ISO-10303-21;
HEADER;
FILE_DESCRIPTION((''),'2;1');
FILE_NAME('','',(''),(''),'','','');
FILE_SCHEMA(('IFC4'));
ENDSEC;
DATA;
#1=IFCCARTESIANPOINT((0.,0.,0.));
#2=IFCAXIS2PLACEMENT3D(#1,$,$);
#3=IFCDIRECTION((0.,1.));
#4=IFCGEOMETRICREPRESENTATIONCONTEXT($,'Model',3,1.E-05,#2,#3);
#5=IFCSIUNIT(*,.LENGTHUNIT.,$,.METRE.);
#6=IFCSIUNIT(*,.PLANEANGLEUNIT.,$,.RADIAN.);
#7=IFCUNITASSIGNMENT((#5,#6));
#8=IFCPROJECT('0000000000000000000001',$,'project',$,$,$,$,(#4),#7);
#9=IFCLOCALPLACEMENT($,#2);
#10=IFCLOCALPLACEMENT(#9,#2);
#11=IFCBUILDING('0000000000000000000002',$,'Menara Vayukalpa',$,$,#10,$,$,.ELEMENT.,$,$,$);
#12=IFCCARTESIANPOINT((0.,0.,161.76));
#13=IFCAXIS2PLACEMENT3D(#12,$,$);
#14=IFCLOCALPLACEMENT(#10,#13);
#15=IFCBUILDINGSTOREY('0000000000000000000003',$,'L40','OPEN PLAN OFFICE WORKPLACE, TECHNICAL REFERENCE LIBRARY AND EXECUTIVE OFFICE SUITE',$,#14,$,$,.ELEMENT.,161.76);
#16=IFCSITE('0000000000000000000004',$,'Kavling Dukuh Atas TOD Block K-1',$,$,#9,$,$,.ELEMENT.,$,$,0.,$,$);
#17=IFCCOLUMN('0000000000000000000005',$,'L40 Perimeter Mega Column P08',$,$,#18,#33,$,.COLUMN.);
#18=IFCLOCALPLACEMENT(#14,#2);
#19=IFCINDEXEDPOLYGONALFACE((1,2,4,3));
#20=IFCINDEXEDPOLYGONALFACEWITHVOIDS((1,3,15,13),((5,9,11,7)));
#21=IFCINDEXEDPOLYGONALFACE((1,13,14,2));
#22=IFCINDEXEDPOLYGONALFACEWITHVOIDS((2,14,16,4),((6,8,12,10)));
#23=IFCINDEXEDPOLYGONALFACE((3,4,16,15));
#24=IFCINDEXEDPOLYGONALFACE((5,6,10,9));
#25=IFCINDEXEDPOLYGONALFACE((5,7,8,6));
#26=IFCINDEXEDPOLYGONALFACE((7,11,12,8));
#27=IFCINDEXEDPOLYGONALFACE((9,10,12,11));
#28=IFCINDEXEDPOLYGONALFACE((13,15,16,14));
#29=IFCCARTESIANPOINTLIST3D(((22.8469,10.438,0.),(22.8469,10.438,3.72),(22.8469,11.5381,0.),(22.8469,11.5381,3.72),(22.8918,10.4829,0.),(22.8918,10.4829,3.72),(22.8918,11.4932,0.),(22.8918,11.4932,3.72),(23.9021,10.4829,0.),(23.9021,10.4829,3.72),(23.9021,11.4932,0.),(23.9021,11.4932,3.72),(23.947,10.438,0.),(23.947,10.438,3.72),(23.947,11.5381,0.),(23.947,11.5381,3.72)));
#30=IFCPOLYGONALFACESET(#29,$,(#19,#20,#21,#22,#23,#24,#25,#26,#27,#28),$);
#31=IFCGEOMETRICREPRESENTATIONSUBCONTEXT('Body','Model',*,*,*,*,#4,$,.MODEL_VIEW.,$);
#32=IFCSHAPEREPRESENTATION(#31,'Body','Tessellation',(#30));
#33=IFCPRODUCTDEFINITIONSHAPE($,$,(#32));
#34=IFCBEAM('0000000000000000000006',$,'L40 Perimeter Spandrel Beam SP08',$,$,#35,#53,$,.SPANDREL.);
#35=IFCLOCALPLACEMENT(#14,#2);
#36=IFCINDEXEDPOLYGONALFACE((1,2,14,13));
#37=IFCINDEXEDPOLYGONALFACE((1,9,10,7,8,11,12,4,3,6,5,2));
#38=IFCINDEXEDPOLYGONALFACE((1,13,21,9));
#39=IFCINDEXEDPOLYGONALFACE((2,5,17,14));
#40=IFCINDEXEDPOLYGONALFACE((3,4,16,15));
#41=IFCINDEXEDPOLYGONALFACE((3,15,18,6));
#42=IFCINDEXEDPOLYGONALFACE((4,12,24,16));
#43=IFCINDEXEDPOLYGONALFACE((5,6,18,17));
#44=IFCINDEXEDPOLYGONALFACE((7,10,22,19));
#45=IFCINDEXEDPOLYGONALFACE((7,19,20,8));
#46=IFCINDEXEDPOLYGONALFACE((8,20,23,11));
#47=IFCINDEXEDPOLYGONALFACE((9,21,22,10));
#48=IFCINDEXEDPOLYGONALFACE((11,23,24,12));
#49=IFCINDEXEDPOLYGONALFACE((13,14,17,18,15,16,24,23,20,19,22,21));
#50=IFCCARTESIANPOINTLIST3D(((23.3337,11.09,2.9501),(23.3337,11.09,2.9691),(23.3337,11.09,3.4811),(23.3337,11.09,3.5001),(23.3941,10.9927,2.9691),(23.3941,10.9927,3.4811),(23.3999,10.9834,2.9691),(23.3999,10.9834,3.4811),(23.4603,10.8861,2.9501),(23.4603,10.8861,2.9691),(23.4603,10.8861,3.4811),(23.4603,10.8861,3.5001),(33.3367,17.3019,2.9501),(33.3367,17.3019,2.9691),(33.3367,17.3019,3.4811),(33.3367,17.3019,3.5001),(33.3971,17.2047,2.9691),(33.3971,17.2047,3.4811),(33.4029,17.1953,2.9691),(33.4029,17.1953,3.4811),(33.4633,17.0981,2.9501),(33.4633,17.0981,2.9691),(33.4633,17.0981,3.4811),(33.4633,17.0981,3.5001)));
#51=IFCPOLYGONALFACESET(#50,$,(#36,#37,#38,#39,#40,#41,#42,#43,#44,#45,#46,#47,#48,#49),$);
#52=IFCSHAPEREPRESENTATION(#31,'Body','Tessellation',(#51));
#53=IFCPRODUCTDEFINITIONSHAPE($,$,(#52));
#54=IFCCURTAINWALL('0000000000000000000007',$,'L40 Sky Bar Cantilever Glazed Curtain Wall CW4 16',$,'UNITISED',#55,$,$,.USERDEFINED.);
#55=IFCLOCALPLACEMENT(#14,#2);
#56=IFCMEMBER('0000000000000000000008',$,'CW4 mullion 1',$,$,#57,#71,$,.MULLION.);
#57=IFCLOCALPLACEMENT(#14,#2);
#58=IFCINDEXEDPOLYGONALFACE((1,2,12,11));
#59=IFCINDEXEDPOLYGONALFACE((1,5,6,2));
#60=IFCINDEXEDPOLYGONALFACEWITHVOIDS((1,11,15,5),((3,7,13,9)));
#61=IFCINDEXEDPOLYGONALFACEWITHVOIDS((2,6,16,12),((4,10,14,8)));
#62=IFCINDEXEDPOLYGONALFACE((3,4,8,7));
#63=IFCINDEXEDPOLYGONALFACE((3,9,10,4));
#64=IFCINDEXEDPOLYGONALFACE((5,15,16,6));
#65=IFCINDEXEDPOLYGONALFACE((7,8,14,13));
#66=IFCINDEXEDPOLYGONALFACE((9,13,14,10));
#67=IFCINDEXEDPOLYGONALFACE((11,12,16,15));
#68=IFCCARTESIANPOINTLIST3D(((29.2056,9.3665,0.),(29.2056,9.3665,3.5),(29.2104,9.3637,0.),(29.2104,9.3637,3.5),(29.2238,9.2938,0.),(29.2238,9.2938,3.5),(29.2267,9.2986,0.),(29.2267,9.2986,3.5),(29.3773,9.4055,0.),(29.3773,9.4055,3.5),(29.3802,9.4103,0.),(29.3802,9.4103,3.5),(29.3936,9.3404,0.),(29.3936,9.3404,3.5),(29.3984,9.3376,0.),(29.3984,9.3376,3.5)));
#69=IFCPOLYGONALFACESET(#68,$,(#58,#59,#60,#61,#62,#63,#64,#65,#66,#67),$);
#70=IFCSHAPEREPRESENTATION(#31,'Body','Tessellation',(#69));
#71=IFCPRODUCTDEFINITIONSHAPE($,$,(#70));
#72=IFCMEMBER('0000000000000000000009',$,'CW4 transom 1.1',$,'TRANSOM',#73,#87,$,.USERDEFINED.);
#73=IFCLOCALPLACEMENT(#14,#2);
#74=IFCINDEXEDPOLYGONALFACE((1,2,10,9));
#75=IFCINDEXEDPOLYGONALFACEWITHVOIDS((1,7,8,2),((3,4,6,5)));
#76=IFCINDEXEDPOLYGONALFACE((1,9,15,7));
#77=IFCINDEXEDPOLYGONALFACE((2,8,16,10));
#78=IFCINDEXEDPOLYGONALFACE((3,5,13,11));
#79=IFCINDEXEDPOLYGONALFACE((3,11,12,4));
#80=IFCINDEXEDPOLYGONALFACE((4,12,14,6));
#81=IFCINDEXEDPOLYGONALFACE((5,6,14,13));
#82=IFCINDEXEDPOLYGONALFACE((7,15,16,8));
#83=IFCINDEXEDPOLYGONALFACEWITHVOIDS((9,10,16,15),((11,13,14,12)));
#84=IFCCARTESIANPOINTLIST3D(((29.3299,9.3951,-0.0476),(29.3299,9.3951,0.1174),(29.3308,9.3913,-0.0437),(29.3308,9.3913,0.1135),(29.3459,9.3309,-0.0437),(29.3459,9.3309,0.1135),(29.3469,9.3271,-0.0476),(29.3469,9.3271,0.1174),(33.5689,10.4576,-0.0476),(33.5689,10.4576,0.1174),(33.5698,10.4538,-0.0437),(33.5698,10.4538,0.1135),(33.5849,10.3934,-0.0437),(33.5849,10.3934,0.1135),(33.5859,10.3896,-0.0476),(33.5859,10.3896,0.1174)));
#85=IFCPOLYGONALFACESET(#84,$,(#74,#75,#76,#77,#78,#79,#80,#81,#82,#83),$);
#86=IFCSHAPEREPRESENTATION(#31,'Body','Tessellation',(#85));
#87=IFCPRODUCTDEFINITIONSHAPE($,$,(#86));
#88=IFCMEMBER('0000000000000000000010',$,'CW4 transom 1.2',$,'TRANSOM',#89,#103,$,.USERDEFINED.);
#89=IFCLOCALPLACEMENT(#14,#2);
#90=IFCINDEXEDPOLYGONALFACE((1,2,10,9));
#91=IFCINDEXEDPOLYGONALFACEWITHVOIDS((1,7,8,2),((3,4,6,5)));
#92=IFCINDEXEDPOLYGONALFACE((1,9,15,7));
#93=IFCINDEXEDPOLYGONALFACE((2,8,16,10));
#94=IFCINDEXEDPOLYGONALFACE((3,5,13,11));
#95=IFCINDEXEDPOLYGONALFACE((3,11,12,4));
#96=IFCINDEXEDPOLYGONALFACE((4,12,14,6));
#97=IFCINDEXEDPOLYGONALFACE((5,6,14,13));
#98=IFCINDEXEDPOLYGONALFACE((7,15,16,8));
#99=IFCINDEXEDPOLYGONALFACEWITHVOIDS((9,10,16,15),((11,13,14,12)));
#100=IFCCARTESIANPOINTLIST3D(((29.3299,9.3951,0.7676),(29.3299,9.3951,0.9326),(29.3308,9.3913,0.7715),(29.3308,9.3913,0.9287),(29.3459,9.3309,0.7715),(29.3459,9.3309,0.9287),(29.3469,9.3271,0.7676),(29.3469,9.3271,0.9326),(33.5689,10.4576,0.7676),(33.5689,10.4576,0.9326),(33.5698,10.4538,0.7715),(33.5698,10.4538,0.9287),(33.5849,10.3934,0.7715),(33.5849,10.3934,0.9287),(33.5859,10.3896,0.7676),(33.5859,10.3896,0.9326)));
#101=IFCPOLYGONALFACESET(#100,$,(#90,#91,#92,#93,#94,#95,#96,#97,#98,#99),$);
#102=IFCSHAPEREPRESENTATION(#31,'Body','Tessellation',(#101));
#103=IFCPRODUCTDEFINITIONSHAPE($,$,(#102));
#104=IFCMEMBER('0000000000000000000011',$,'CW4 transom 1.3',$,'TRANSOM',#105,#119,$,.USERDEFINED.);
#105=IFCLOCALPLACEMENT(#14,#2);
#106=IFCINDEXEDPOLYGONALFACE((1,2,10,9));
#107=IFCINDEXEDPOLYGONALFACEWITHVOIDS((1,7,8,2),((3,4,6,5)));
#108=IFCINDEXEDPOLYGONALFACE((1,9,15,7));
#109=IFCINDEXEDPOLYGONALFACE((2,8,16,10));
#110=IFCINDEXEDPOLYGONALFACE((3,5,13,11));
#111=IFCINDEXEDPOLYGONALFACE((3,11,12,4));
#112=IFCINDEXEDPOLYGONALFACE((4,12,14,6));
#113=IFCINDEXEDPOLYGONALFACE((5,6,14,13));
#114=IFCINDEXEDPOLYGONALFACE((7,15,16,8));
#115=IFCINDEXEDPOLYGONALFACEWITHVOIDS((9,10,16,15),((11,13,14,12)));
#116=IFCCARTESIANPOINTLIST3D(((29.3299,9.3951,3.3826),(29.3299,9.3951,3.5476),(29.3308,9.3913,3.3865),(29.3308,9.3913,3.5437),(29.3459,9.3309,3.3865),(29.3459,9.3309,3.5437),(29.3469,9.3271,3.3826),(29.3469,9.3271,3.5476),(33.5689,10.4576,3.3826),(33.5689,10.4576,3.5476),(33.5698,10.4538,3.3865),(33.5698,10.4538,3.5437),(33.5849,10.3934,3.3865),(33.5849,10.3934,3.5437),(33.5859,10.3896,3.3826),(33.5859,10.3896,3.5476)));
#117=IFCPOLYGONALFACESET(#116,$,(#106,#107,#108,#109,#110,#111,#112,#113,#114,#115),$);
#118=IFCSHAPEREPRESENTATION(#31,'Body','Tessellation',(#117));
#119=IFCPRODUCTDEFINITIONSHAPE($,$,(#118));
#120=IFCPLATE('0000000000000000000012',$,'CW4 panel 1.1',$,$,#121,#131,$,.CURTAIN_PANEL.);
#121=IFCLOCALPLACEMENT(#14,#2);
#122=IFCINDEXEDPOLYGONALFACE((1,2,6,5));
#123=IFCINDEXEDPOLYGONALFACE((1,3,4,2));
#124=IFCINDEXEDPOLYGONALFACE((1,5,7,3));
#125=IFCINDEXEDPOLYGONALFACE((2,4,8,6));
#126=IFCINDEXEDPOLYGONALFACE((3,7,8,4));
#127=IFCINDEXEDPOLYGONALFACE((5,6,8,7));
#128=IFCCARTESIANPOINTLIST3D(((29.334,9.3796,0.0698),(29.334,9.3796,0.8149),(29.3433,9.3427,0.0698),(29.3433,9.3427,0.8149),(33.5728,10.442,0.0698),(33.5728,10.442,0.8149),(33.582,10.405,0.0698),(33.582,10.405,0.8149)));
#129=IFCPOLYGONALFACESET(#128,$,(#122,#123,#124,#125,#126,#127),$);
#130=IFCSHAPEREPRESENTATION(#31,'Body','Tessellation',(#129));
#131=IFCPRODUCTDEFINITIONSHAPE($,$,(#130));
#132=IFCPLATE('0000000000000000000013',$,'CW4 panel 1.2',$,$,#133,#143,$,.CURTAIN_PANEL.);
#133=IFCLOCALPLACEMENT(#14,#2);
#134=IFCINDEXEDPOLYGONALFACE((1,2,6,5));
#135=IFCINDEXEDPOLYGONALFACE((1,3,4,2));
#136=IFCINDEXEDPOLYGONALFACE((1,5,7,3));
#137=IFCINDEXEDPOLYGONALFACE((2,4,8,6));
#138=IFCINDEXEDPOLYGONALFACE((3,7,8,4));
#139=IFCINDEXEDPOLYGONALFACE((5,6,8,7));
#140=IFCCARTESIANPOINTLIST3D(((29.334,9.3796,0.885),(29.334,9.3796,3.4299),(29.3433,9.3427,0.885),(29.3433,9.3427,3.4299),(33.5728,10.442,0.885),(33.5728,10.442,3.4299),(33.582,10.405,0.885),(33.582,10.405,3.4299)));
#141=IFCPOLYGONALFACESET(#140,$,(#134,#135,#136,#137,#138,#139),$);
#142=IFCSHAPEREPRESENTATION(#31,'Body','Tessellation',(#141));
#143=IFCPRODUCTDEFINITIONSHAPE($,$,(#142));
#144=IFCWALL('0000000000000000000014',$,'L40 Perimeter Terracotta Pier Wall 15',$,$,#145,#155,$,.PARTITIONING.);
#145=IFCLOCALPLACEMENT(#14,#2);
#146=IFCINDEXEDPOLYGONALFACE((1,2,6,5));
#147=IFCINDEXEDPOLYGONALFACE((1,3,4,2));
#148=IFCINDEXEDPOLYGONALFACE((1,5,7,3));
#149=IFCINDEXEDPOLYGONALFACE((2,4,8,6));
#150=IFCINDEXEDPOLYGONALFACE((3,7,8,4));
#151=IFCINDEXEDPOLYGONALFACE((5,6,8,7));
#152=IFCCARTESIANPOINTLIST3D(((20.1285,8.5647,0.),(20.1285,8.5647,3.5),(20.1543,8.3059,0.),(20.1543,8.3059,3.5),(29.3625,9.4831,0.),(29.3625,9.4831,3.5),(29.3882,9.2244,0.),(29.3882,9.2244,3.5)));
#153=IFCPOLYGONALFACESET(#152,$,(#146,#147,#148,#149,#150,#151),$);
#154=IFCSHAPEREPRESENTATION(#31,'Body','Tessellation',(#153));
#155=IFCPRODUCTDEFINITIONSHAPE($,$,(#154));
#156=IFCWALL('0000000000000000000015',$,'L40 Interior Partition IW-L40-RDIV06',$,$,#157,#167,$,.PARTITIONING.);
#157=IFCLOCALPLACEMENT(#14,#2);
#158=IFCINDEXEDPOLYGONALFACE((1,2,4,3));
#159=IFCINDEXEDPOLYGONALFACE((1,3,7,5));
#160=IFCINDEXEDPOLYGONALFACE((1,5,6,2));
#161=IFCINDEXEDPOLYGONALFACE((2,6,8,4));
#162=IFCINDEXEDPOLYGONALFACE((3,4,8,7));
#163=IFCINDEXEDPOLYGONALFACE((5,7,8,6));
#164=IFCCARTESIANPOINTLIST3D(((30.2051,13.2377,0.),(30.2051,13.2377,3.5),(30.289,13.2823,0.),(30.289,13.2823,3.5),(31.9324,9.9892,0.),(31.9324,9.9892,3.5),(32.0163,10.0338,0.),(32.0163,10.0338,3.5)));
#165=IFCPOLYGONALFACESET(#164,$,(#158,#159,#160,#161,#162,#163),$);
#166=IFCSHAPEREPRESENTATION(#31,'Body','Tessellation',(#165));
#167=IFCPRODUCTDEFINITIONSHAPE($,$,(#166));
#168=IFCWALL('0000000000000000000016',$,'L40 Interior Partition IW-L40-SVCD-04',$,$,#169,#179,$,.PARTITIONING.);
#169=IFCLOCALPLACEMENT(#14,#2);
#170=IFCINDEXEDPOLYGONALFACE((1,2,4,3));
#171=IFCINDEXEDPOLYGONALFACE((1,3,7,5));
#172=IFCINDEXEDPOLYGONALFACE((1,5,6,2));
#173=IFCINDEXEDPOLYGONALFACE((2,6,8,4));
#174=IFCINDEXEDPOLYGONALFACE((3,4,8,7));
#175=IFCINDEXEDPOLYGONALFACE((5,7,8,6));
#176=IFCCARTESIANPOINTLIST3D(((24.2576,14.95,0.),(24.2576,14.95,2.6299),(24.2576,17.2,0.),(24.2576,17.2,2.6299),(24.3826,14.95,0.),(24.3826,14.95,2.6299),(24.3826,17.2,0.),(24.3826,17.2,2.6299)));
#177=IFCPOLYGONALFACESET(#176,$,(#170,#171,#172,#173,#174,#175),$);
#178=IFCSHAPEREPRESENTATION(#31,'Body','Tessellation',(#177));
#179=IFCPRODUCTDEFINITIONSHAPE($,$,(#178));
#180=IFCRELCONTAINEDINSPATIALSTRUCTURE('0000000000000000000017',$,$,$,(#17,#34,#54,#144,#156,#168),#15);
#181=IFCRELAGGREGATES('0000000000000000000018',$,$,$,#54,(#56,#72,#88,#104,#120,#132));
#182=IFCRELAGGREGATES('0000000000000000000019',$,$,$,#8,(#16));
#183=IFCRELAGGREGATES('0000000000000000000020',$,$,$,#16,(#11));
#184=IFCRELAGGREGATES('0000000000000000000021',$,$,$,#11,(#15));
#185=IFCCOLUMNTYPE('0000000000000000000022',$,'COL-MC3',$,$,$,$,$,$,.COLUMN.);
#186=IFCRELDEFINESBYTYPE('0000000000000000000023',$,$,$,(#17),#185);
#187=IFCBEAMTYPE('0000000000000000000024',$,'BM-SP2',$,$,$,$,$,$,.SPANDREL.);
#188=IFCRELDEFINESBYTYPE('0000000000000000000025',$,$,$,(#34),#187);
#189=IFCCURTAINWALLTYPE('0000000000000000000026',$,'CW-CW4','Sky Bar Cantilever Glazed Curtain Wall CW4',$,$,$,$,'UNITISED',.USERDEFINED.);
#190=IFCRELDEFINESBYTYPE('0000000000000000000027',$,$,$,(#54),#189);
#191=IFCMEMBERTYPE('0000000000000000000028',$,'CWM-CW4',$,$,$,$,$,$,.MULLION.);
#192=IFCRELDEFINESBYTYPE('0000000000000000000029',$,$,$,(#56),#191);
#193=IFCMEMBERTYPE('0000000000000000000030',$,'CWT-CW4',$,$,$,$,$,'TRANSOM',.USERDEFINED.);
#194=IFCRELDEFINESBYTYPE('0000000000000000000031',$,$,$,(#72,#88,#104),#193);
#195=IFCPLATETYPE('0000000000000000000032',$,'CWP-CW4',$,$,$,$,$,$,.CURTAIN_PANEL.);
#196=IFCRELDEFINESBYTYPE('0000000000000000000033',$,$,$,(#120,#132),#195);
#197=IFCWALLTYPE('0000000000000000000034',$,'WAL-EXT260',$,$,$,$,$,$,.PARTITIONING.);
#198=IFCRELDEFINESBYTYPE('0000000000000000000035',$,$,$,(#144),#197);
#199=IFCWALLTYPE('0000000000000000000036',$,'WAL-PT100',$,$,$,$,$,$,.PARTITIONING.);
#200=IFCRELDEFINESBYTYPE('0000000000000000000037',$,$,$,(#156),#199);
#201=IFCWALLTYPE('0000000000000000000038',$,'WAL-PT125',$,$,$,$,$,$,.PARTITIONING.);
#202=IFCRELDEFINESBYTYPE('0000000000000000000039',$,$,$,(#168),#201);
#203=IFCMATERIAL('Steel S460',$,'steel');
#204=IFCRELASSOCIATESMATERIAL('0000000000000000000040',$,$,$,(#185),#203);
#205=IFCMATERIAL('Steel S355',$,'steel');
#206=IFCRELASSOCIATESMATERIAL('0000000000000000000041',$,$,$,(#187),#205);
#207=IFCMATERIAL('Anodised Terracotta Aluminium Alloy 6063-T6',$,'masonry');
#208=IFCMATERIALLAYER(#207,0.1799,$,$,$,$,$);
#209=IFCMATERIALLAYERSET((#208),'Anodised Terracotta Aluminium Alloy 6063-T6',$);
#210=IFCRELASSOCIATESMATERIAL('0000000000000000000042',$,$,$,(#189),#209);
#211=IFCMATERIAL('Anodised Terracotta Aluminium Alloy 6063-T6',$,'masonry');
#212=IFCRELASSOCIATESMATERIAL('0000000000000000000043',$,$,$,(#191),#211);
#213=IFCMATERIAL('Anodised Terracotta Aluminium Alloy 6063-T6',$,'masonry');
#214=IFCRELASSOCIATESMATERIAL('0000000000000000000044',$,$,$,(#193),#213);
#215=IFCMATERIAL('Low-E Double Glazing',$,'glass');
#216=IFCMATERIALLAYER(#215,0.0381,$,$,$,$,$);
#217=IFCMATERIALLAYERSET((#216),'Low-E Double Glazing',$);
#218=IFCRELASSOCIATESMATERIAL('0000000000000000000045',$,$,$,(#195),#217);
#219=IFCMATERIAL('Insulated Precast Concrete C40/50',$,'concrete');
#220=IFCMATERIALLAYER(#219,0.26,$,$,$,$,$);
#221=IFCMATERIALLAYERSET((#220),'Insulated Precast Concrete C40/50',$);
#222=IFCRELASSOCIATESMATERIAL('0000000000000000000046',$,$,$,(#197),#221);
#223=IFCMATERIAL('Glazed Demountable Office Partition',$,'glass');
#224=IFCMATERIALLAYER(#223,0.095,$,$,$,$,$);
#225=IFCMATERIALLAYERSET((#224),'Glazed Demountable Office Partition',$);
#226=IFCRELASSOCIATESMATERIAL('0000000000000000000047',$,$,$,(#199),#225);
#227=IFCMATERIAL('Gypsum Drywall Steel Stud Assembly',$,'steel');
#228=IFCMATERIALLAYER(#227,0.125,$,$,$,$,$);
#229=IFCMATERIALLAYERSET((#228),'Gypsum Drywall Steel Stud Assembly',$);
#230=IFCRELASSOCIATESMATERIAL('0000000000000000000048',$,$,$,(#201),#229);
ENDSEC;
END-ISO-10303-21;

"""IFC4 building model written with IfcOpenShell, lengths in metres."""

from ifc_helpers import new_model, si_unit, direction, frame, frame_2d, origin, origin_2d, place, context, subcontext, project, spatial, rectangle, hollow_rectangle, i_section, extrude, material, layer, layer_set, material_profile, profile_set, type_object, element, aggregate, save


model = new_model("IFC4")

# Units and contexts
model_context = context("Model", 3, precision=1e-05, world=origin(), true_north=direction((0.0, 1.0)))
body_context = subcontext(model_context, "Body", "Model", "MODEL_VIEW")
ifc_project = project(units=[si_unit("LENGTHUNIT", "METRE"), si_unit("PLANEANGLEUNIT", "RADIAN")], contexts=[model_context])

# Site, building, storey
site_placement = place(None, origin())
site = spatial("IfcSite", under=ifc_project, at=site_placement, Name="Kavling Dukuh Atas TOD Block K-1", CompositionType="ELEMENT", RefElevation=0.0)
building_placement = place(site_placement, origin())
building = spatial("IfcBuilding", under=site, at=building_placement, Name="Menara Vayukalpa", CompositionType="ELEMENT")
storey_placement = place(building_placement, frame((0.0, 0.0, 161.76)))
storey = spatial("IfcBuildingStorey", under=building, at=storey_placement, Name="L40", Description="OPEN PLAN OFFICE WORKPLACE, TECHNICAL REFERENCE LIBRARY AND EXECUTIVE OFFICE SUITE", CompositionType="ELEMENT", Elevation=161.76)

# Column
ifc_material_1 = material(Name="Steel S460", Category="steel")
ifc_material_profile_1 = material_profile(ifc_material_1, hollow_rectangle(XDim=1.1001, YDim=1.1001, WallThickness=0.0449, at=origin_2d()), Name="BOX 1100x1100x45")
ifc_profile_set_1 = profile_set([ifc_material_profile_1], Name="Steel S460")
column_type = type_object("IfcColumnType", Name="COL-MC3", PredefinedType="COLUMN", material=ifc_profile_set_1)
column_placement = place(storey_placement, frame((23.397, 10.988, 0.0), z_axis=(0.0, 0.0, 1.0), x_axis=(1.0, 0.0, 0.0)))
element("IfcColumn", 1, at=column_placement, inside=storey, type_object=column_type, Name="L40 Perimeter Mega Column P08", PredefinedType="COLUMN", context=body_context, shape_type="SweptSolid", body=[
    extrude(hollow_rectangle(XDim=1.1001, YDim=1.1001, WallThickness=0.0449, at=origin_2d()), origin(), (0.0, 0.0, 1.0), 3.72),
])

# Beam
ifc_material_2 = material(Name="Steel S355", Category="steel")
ifc_material_profile_2 = material_profile(ifc_material_2, i_section(OverallWidth=0.24, OverallDepth=0.55, WebThickness=0.011, FlangeThickness=0.019, at=origin_2d()), Name="WF 550x240x11x19")
ifc_profile_set_2 = profile_set([ifc_material_profile_2], Name="Steel S355")
beam_type = type_object("IfcBeamType", Name="BM-SP2", PredefinedType="SPANDREL", material=ifc_profile_set_2)
beam_placement = place(storey_placement, frame((23.397, 10.988, 3.2251), z_axis=(0.849518, 0.527559, 0.0), x_axis=(-0.527559, 0.849518, 0.0)))
element("IfcBeam", 2, at=beam_placement, inside=storey, type_object=beam_type, Name="L40 Perimeter Spandrel Beam SP08", PredefinedType="SPANDREL", context=body_context, shape_type="SweptSolid", body=[
    extrude(i_section(OverallWidth=0.24, OverallDepth=0.55, WebThickness=0.011, FlangeThickness=0.019, at=origin_2d()), origin(), (0.0, 0.0, 1.0), 11.7749),
])

# Curtain wall, members, plates
ifc_material_3 = material(Name="Anodised Terracotta Aluminium Alloy 6063-T6", Category="masonry")
ifc_layer_1 = layer(ifc_material_3, 0.1799)
ifc_layer_set_1 = layer_set([ifc_layer_1], Name="Anodised Terracotta Aluminium Alloy 6063-T6")
curtain_wall_type = type_object("IfcCurtainWallType", Name="CW-CW4", Description="Sky Bar Cantilever Glazed Curtain Wall CW4", ElementType="UNITISED", PredefinedType="USERDEFINED", material=ifc_layer_set_1)
curtain_wall_placement = place(storey_placement, origin())
curtain_wall = element("IfcCurtainWall", 3, at=curtain_wall_placement, inside=storey, type_object=curtain_wall_type, Name="L40 Sky Bar Cantilever Glazed Curtain Wall CW4 16", ObjectType="UNITISED", PredefinedType="USERDEFINED")
ifc_material_4 = material(Name="Anodised Terracotta Aluminium Alloy 6063-T6", Category="masonry")
ifc_material_profile_3 = material_profile(ifc_material_4, hollow_rectangle(XDim=0.075, YDim=0.1799, WallThickness=0.0039, at=origin_2d()), Name="ALU 75x180x4")
ifc_profile_set_3 = profile_set([ifc_material_profile_3], Name="Anodised Terracotta Aluminium Alloy 6063-T6")
member_type_1 = type_object("IfcMemberType", Name="CWM-CW4", PredefinedType="MULLION", material=ifc_profile_set_3)
member_1_placement = place(storey_placement, frame((29.302, 9.3521, 0.0), z_axis=(0.0, 0.0, 1.0), x_axis=(-0.243113, 0.969998, 0.0)))
member_1 = element("IfcMember", 4, at=member_1_placement, type_object=member_type_1, Name="CW4 mullion 1", PredefinedType="MULLION", context=body_context, shape_type="SweptSolid", body=[
    extrude(hollow_rectangle(XDim=0.075, YDim=0.1799, WallThickness=0.0039, at=origin_2d()), origin(), (0.0, 0.0, 1.0), 3.5),
])
ifc_material_5 = material(Name="Anodised Terracotta Aluminium Alloy 6063-T6", Category="masonry")
ifc_material_profile_4 = material_profile(ifc_material_5, hollow_rectangle(XDim=0.0701, YDim=0.165, WallThickness=0.0039, at=origin_2d()), Name="ALU 70x165x4")
ifc_profile_set_4 = profile_set([ifc_material_profile_4], Name="Anodised Terracotta Aluminium Alloy 6063-T6")
member_type_2 = type_object("IfcMemberType", Name="CWT-CW4", ElementType="TRANSOM", PredefinedType="USERDEFINED", material=ifc_profile_set_4)
member_2_placement = place(storey_placement, frame((29.3384, 9.3611, 0.0349), z_axis=(0.969994, 0.243127, 0.0), x_axis=(-0.243127, 0.969994, 0.0)))
member_2 = element("IfcMember", 5, at=member_2_placement, type_object=member_type_2, Name="CW4 transom 1.1", ObjectType="TRANSOM", PredefinedType="USERDEFINED", context=body_context, shape_type="SweptSolid", body=[
    extrude(hollow_rectangle(XDim=0.0701, YDim=0.165, WallThickness=0.0039, at=origin_2d()), origin(), (0.0, 0.0, 1.0), 4.3701),
])
member_3_placement = place(storey_placement, frame((29.3384, 9.3611, 0.8501), z_axis=(0.969994, 0.243127, 0.0), x_axis=(-0.243127, 0.969994, 0.0)))
member_3 = element("IfcMember", 6, at=member_3_placement, type_object=member_type_2, Name="CW4 transom 1.2", ObjectType="TRANSOM", PredefinedType="USERDEFINED", context=body_context, shape_type="SweptSolid", body=[
    extrude(hollow_rectangle(XDim=0.0701, YDim=0.165, WallThickness=0.0039, at=origin_2d()), origin(), (0.0, 0.0, 1.0), 4.3701),
])
member_4_placement = place(storey_placement, frame((29.3384, 9.3611, 3.4651), z_axis=(0.969994, 0.243127, 0.0), x_axis=(-0.243127, 0.969994, 0.0)))
member_4 = element("IfcMember", 7, at=member_4_placement, type_object=member_type_2, Name="CW4 transom 1.3", ObjectType="TRANSOM", PredefinedType="USERDEFINED", context=body_context, shape_type="SweptSolid", body=[
    extrude(hollow_rectangle(XDim=0.0701, YDim=0.165, WallThickness=0.0039, at=origin_2d()), origin(), (0.0, 0.0, 1.0), 4.3701),
])
ifc_material_6 = material(Name="Low-E Double Glazing", Category="glass")
ifc_layer_2 = layer(ifc_material_6, 0.0381)
ifc_layer_set_2 = layer_set([ifc_layer_2], Name="Low-E Double Glazing")
plate_type = type_object("IfcPlateType", Name="CWP-CW4", PredefinedType="CURTAIN_PANEL", material=ifc_layer_set_2)
plate_1_placement = place(storey_placement, frame((31.458, 9.8923, 0.0698), z_axis=(0.0, 0.0, 1.0), x_axis=(0.969998, 0.243113, 0.0)))
plate_1 = element("IfcPlate", 8, at=plate_1_placement, type_object=plate_type, Name="CW4 panel 1.1", PredefinedType="CURTAIN_PANEL", context=body_context, shape_type="SweptSolid", body=[
    extrude(rectangle(XDim=4.3699, YDim=0.0381, at=origin_2d()), origin(), (0.0, 0.0, 1.0), 0.7451),
])
plate_2_placement = place(storey_placement, frame((31.458, 9.8923, 0.885), z_axis=(0.0, 0.0, 1.0), x_axis=(0.969998, 0.243113, 0.0)))
plate_2 = element("IfcPlate", 9, at=plate_2_placement, type_object=plate_type, Name="CW4 panel 1.2", PredefinedType="CURTAIN_PANEL", context=body_context, shape_type="SweptSolid", body=[
    extrude(rectangle(XDim=4.3699, YDim=0.0381, at=origin_2d()), origin(), (0.0, 0.0, 1.0), 2.5449),
])
aggregate(curtain_wall, [member_1, member_2, member_3, member_4, plate_1, plate_2])

# Walls
ifc_material_7 = material(Name="Insulated Precast Concrete C40/50", Category="concrete")
ifc_layer_3 = layer(ifc_material_7, 0.26)
ifc_layer_set_3 = layer_set([ifc_layer_3], Name="Insulated Precast Concrete C40/50")
wall_type_1 = type_object("IfcWallType", Name="WAL-EXT260", PredefinedType="PARTITIONING", material=ifc_layer_set_3)
wall_1_placement = place(storey_placement, frame((29.3752, 9.3538, 0.0), z_axis=(0.0, 0.0, 1.0), x_axis=(-0.99509, -0.098978, 0.0)))
element("IfcWall", 10, at=wall_1_placement, inside=storey, type_object=wall_type_1, Name="L40 Perimeter Terracotta Pier Wall 15", PredefinedType="PARTITIONING", context=body_context, shape_type="SweptSolid", body=[
    extrude(rectangle(XDim=9.2795, YDim=0.26, at=frame_2d((4.6396, 0.0))), origin(), (0.0, 0.0, 1.0), 3.5),
])
ifc_material_8 = material(Name="Glazed Demountable Office Partition", Category="glass")
ifc_layer_4 = layer(ifc_material_8, 0.095)
ifc_layer_set_4 = layer_set([ifc_layer_4], Name="Glazed Demountable Office Partition")
wall_type_2 = type_object("IfcWallType", Name="WAL-PT100", PredefinedType="PARTITIONING", material=ifc_layer_set_4)
wall_2_placement = place(storey_placement, frame((30.2471, 13.26, 0.0), z_axis=(0.0, 0.0, 1.0), x_axis=(0.469475, -0.882946, 0.0)))
element("IfcWall", 11, at=wall_2_placement, inside=storey, type_object=wall_type_2, Name="L40 Interior Partition IW-L40-RDIV06", PredefinedType="PARTITIONING", context=body_context, shape_type="SweptSolid", body=[
    extrude(rectangle(XDim=3.6792, YDim=0.095, at=frame_2d((1.8396, 0.0))), origin(), (0.0, 0.0, 1.0), 3.5),
])
ifc_material_9 = material(Name="Gypsum Drywall Steel Stud Assembly", Category="steel")
ifc_layer_5 = layer(ifc_material_9, 0.125)
ifc_layer_set_5 = layer_set([ifc_layer_5], Name="Gypsum Drywall Steel Stud Assembly")
wall_type_3 = type_object("IfcWallType", Name="WAL-PT125", PredefinedType="PARTITIONING", material=ifc_layer_set_5)
wall_3_placement = place(storey_placement, frame((24.3201, 14.95, 0.0), z_axis=(0.0, 0.0, 1.0), x_axis=(0.0, 1.0, 0.0)))
element("IfcWall", 12, at=wall_3_placement, inside=storey, type_object=wall_type_3, Name="L40 Interior Partition IW-L40-SVCD-04", PredefinedType="PARTITIONING", context=body_context, shape_type="SweptSolid", body=[
    extrude(rectangle(XDim=2.25, YDim=0.125, at=frame_2d((1.125, 0.0))), origin(), (0.0, 0.0, 1.0), 2.6299),
])

save(model, "model.ifc")
